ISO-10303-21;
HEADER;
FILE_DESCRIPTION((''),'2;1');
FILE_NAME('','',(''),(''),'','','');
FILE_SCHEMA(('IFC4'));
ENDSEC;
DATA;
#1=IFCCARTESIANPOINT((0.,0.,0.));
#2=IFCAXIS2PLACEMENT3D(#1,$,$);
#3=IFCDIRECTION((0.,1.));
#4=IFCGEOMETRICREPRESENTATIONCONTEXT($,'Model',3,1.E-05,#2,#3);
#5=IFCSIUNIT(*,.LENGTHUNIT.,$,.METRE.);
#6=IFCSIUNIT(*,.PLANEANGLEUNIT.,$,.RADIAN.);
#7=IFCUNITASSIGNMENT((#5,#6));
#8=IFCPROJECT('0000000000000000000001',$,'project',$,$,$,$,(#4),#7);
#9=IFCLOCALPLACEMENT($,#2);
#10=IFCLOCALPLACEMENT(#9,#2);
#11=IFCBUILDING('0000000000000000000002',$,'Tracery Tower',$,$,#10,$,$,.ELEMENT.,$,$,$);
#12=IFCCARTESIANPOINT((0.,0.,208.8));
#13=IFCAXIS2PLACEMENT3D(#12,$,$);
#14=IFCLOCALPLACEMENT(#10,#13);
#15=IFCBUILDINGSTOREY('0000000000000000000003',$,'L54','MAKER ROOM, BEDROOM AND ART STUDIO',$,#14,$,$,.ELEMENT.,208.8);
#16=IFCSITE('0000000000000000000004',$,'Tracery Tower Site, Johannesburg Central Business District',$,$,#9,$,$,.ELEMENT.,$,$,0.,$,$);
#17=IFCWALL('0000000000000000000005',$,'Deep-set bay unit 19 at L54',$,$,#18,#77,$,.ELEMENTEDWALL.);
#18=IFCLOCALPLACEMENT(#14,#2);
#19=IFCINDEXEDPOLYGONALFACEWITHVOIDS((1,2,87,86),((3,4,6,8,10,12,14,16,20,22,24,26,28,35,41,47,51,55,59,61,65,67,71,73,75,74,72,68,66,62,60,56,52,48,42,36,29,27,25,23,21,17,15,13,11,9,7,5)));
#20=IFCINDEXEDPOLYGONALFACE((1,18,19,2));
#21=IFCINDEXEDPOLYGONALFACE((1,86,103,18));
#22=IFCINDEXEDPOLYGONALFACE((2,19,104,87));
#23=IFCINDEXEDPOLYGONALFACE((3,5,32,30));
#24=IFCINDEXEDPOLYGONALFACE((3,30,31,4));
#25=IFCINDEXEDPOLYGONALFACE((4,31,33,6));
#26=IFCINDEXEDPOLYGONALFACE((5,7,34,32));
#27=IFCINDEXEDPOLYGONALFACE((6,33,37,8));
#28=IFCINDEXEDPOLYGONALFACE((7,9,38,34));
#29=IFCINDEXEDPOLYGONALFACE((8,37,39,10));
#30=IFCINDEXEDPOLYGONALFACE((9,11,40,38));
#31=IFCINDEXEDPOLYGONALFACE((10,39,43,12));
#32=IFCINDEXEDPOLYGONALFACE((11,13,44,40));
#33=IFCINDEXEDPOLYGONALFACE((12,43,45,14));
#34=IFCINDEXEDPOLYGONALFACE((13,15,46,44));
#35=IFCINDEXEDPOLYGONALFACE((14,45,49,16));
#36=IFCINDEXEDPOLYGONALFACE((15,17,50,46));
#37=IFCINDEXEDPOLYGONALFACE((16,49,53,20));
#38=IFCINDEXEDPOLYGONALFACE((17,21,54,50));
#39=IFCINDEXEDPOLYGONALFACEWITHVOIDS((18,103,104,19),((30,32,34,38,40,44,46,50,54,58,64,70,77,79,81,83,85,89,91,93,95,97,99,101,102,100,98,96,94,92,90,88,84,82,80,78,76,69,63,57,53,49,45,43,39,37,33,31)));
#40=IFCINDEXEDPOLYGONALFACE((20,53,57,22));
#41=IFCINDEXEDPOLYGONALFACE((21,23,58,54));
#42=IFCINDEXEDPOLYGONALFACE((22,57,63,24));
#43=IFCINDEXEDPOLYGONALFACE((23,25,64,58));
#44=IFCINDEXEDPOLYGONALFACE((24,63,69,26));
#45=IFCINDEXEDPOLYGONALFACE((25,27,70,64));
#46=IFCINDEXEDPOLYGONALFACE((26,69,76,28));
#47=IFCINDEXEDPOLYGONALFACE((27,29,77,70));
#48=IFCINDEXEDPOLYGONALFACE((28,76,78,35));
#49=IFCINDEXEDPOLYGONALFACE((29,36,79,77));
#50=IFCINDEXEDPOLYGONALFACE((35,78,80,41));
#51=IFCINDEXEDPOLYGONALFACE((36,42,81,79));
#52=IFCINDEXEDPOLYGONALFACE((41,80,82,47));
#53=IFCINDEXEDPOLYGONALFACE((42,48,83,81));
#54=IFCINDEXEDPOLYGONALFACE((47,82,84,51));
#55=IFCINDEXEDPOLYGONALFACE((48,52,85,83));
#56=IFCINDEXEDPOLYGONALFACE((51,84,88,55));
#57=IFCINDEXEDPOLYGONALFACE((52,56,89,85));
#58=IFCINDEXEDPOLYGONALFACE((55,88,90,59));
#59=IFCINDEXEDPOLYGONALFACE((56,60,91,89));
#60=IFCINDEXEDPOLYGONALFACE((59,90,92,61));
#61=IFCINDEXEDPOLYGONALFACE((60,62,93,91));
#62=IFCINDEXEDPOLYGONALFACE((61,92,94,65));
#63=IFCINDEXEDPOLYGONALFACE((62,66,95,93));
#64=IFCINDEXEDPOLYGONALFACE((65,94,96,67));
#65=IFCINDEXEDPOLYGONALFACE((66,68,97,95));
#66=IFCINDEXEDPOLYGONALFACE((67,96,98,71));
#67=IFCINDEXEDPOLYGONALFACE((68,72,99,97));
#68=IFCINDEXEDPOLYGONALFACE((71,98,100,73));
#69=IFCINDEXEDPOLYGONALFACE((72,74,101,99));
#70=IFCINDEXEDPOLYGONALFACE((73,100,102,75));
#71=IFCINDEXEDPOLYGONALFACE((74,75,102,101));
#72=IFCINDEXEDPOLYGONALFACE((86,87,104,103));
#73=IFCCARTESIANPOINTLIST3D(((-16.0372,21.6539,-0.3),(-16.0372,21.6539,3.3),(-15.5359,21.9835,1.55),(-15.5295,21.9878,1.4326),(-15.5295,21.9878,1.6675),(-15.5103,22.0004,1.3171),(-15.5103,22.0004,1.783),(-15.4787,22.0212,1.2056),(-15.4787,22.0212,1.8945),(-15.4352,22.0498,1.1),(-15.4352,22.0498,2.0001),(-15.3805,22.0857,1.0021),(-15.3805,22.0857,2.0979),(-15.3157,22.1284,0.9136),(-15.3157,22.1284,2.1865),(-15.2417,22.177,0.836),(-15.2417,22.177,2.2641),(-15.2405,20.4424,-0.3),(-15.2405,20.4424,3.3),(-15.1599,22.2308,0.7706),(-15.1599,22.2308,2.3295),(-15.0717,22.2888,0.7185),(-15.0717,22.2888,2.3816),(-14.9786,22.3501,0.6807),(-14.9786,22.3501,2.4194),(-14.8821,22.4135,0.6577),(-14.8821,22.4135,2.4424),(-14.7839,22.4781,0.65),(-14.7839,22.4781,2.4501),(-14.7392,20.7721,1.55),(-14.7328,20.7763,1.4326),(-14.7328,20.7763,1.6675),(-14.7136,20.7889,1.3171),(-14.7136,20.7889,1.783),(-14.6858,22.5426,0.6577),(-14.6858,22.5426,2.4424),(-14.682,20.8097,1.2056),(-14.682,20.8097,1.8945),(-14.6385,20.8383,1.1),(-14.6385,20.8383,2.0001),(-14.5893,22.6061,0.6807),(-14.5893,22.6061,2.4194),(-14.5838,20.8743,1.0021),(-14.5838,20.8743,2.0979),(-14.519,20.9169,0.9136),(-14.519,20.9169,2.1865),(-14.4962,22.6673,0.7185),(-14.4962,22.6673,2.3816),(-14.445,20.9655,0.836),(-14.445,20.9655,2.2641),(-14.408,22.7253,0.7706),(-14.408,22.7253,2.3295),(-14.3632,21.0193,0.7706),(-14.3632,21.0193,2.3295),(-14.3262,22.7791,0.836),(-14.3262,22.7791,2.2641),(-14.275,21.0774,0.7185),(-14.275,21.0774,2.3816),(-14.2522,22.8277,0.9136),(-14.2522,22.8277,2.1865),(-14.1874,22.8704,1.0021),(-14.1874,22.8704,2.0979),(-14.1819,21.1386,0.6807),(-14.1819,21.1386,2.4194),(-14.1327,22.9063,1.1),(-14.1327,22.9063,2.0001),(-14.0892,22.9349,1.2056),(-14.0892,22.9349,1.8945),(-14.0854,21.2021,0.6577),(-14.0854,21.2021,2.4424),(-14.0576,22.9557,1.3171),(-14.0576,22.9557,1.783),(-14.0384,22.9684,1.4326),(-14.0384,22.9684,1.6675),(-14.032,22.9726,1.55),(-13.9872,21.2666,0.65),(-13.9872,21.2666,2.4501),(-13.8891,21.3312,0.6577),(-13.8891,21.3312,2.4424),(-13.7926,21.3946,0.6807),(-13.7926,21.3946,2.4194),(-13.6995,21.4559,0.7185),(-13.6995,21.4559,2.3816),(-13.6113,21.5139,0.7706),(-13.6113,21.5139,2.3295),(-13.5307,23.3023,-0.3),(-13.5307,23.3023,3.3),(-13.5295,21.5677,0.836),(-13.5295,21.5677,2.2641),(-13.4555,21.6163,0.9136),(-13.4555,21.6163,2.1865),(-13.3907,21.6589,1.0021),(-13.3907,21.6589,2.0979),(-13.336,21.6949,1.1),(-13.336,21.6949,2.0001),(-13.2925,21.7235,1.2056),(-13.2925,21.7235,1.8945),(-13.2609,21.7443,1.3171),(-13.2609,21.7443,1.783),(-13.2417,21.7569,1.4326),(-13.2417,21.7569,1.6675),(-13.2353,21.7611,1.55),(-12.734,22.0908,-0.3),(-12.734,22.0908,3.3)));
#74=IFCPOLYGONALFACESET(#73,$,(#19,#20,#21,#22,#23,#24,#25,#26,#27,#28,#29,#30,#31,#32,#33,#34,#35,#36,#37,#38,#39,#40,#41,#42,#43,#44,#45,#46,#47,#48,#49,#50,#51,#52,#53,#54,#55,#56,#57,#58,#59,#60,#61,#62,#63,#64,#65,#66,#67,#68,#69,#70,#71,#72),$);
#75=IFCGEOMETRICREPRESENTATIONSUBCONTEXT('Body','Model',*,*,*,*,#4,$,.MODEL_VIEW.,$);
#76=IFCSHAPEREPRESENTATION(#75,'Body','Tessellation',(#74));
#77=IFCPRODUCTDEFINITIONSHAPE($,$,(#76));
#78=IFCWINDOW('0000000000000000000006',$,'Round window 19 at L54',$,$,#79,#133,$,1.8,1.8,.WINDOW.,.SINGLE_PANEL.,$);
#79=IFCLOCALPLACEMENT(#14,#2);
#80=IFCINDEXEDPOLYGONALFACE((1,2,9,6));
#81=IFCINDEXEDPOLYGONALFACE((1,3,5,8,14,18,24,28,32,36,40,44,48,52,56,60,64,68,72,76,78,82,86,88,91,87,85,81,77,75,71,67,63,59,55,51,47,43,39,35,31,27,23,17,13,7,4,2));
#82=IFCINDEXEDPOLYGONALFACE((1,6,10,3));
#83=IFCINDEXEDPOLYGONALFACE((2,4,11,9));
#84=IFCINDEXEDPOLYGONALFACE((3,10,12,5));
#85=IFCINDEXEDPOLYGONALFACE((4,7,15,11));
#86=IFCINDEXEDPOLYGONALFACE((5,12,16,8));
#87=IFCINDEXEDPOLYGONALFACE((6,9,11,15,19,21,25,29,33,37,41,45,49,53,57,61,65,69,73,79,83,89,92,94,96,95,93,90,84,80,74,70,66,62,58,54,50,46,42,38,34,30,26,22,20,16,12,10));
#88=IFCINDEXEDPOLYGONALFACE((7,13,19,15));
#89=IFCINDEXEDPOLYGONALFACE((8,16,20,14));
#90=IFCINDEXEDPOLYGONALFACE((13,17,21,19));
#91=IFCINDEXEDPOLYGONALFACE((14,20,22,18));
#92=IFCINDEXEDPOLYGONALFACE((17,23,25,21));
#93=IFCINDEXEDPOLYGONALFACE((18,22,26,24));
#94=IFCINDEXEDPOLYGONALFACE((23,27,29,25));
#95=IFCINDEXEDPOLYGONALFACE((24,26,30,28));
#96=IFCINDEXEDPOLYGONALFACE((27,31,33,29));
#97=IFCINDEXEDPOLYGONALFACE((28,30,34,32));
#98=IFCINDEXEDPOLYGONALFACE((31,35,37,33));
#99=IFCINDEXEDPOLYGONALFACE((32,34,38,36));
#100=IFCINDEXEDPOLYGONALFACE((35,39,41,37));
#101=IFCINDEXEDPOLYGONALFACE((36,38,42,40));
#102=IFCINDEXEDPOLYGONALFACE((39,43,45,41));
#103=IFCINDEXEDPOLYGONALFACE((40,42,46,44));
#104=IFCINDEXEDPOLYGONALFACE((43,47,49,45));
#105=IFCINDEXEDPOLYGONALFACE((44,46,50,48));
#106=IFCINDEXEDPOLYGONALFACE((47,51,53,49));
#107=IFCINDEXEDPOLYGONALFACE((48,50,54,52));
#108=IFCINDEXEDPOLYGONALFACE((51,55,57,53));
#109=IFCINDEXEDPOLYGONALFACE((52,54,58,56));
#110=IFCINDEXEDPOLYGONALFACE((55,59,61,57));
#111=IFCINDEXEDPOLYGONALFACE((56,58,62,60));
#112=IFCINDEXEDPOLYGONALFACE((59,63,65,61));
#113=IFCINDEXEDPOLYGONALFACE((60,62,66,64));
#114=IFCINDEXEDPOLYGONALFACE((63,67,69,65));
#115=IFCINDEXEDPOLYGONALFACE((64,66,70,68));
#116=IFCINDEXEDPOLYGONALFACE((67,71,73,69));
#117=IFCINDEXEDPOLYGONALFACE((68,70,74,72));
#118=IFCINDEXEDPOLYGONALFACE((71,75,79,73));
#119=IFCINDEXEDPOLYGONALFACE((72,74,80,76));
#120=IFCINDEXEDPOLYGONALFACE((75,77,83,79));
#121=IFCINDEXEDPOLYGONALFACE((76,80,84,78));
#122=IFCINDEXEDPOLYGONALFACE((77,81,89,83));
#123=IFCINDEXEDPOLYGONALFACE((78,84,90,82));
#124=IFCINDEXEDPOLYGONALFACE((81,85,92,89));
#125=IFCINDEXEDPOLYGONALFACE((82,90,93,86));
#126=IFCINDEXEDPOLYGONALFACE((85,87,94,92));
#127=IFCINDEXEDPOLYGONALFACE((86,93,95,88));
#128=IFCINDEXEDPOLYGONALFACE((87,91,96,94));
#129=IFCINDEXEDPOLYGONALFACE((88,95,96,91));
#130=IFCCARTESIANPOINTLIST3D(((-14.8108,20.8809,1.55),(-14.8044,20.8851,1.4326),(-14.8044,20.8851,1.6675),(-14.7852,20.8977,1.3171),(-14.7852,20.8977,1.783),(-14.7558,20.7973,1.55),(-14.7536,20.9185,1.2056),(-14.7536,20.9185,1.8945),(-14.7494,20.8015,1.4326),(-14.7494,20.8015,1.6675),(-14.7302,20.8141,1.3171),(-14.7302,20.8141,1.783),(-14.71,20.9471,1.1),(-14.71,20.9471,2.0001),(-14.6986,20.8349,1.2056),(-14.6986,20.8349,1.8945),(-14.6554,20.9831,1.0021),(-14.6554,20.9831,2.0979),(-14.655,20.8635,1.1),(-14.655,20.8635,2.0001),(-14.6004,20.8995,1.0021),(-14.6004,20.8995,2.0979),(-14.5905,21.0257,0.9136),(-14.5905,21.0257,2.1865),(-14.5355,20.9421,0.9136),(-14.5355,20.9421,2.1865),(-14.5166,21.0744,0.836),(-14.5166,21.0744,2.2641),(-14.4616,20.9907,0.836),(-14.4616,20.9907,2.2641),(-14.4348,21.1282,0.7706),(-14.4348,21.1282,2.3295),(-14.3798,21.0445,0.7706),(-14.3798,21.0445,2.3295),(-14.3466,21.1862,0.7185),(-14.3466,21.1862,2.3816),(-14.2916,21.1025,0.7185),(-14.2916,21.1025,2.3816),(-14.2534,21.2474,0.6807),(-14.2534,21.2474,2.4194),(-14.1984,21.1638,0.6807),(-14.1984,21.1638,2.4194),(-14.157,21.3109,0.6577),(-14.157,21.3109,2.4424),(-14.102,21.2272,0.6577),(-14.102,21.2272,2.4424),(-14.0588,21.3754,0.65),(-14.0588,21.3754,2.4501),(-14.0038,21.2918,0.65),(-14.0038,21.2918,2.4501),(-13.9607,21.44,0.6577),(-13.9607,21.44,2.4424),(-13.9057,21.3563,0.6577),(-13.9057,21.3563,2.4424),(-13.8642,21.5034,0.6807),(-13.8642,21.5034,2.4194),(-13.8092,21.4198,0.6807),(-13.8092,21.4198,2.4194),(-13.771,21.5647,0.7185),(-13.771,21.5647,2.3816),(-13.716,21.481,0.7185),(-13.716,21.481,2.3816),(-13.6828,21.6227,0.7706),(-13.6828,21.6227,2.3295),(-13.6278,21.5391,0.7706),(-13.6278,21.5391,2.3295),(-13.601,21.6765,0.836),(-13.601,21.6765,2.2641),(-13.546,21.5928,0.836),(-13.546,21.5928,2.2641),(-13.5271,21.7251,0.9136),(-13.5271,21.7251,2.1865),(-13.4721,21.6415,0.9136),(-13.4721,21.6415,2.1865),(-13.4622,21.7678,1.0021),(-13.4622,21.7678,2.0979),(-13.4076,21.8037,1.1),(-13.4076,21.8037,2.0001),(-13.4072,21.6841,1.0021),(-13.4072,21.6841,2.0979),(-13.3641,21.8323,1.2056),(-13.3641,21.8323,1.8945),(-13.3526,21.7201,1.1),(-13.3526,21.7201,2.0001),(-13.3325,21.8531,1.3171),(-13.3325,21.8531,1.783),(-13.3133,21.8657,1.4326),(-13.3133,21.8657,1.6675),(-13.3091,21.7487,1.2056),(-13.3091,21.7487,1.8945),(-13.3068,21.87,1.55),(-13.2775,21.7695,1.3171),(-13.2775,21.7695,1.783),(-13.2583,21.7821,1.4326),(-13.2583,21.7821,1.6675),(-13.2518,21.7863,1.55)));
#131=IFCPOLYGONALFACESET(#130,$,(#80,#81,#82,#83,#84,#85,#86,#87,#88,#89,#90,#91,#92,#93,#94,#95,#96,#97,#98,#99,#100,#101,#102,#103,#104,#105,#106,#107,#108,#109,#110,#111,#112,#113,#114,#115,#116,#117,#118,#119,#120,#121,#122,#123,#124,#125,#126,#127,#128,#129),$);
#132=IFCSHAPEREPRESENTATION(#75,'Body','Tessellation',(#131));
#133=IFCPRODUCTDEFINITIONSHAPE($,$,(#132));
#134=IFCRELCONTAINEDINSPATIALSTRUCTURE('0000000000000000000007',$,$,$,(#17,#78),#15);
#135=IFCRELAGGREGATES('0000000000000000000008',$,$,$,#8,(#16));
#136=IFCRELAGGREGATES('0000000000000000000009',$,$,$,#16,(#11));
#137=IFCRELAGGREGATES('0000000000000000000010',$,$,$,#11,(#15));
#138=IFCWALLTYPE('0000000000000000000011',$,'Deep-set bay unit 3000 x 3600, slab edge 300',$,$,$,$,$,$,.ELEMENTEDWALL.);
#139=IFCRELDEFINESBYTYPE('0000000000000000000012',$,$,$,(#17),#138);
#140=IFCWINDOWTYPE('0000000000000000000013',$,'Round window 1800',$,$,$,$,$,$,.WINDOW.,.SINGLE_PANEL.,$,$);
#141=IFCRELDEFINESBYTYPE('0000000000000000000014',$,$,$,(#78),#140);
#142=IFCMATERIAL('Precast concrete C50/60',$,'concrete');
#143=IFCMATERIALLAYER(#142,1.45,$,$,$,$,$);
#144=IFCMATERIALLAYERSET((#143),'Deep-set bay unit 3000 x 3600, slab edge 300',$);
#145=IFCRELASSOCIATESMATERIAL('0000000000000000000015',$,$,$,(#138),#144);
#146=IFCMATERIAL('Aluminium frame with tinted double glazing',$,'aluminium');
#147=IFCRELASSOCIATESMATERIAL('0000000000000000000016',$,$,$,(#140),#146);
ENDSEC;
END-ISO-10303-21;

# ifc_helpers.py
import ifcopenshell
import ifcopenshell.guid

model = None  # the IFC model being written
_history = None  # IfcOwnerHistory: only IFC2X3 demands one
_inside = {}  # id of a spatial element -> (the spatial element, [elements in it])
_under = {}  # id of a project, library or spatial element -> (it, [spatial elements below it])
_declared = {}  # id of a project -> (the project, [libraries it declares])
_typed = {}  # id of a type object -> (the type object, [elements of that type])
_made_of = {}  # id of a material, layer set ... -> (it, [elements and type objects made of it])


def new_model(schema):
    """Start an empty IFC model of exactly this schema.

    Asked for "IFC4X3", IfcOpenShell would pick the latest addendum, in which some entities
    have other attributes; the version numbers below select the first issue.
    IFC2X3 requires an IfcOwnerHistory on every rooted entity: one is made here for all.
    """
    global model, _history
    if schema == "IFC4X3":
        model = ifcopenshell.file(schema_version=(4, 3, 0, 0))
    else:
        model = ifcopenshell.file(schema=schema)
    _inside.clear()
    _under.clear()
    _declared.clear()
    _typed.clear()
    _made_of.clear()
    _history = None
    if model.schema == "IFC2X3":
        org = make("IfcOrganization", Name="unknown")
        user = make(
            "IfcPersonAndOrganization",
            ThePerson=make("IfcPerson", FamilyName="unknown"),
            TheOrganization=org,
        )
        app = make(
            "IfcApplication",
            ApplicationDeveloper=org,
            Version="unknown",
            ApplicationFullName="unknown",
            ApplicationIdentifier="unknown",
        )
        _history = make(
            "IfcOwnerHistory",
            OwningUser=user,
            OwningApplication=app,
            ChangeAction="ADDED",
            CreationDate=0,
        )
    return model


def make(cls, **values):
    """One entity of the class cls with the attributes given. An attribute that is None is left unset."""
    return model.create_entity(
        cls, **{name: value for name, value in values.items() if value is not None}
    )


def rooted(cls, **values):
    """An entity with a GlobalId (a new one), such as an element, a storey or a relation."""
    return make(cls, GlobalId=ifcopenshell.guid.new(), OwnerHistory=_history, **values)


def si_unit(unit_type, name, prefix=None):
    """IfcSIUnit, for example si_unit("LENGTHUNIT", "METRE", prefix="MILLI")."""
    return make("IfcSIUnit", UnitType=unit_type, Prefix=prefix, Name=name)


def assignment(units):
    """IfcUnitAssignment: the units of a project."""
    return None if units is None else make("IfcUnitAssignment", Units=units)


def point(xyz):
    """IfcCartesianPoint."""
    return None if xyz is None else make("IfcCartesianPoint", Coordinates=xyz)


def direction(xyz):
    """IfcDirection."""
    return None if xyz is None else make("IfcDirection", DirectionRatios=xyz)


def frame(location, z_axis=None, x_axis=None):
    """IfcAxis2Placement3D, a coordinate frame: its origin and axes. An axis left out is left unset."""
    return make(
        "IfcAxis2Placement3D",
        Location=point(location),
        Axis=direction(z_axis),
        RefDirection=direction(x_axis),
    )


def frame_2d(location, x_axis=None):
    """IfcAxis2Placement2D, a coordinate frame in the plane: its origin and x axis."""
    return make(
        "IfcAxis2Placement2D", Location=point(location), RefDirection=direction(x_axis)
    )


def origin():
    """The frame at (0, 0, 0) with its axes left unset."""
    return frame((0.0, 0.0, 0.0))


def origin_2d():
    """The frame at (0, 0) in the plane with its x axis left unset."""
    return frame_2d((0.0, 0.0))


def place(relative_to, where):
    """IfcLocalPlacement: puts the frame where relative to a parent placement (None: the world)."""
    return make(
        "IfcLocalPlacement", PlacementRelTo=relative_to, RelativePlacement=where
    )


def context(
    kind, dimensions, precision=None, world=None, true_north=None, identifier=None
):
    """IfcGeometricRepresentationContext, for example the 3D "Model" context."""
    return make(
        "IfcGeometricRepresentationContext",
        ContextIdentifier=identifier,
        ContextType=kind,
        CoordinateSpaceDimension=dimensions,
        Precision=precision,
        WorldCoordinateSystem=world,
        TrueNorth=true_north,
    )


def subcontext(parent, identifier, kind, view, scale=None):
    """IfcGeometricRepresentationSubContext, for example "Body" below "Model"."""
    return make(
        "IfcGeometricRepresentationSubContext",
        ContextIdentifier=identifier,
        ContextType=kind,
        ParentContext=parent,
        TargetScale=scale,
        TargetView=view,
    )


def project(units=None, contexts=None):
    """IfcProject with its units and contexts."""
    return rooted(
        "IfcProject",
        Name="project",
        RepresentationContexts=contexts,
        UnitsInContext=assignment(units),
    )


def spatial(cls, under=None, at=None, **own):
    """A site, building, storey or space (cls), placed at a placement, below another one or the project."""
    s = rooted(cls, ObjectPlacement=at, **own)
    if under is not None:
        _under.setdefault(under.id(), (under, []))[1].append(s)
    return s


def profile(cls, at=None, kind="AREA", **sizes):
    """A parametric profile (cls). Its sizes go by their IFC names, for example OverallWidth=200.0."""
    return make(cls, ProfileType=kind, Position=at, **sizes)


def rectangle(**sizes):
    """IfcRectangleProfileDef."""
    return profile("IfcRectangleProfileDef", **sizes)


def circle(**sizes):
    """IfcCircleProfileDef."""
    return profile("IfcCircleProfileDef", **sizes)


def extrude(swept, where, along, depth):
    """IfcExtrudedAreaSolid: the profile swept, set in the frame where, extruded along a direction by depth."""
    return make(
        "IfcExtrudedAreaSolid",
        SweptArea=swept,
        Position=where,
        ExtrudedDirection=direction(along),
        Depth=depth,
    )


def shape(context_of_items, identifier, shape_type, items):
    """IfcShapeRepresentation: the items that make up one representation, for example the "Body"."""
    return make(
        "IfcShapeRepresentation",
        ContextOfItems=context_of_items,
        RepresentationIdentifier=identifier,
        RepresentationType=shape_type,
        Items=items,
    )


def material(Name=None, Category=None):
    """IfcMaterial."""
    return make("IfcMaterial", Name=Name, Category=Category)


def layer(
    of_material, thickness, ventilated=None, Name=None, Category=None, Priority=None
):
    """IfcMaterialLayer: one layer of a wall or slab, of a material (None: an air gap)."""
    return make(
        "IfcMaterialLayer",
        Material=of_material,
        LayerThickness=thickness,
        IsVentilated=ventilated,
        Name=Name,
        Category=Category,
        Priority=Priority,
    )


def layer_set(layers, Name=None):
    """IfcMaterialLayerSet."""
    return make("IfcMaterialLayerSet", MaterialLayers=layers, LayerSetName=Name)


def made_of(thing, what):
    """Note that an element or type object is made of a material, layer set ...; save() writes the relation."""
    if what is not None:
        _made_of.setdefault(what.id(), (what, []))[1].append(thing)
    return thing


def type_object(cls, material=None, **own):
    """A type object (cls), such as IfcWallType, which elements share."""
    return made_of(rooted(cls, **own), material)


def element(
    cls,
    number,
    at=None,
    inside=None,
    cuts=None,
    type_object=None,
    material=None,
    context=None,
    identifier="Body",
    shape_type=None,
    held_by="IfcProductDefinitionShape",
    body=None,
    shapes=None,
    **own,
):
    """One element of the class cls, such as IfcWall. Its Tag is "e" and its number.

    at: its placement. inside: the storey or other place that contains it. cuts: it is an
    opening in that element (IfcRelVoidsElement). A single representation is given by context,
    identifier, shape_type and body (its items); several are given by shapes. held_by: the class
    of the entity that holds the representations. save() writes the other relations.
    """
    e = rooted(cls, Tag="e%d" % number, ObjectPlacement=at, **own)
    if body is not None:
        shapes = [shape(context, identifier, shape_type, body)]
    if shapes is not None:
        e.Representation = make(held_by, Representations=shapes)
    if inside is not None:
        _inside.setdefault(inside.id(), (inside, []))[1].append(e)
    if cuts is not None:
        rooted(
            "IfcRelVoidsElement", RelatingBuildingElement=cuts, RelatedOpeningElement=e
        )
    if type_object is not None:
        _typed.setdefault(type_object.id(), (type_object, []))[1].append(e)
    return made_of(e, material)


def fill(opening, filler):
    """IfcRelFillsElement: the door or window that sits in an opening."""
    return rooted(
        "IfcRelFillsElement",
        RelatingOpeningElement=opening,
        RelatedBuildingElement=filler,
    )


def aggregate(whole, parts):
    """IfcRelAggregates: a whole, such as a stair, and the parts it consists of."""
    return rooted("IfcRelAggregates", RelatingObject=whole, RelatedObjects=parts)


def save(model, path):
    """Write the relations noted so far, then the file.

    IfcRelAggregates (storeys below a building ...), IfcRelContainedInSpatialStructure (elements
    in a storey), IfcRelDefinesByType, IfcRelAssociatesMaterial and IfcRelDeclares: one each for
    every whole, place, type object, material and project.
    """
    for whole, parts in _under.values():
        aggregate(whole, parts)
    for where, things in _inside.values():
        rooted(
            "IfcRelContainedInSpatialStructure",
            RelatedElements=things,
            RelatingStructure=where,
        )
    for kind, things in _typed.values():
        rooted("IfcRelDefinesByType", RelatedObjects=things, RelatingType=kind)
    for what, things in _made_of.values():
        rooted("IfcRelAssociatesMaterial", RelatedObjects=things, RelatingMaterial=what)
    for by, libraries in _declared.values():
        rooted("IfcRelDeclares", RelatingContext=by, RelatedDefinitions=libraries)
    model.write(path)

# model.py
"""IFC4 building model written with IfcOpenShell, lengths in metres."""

from ifc_helpers import new_model, si_unit, direction, frame, frame_2d, origin, origin_2d, place, context, subcontext, project, spatial, rectangle, circle, extrude, material, layer, layer_set, type_object, element, fill, save


model = new_model("IFC4")

# Units and contexts
model_context = context("Model", 3, precision=1e-05, world=origin(), true_north=direction((0.0, 1.0)))
body_context = subcontext(model_context, "Body", "Model", "MODEL_VIEW")
ifc_project = project(units=[si_unit("LENGTHUNIT", "METRE"), si_unit("PLANEANGLEUNIT", "RADIAN")], contexts=[model_context])

# Site, building, storey
site_placement = place(None, origin())
site = spatial("IfcSite", under=ifc_project, at=site_placement, Name="Tracery Tower Site, Johannesburg Central Business District", CompositionType="ELEMENT", RefElevation=0.0)
building_placement = place(site_placement, origin())
building = spatial("IfcBuilding", under=site, at=building_placement, Name="Tracery Tower", CompositionType="ELEMENT")
storey_placement = place(building_placement, frame((0.0, 0.0, 208.8)))
storey = spatial("IfcBuildingStorey", under=building, at=storey_placement, Name="L54", Description="MAKER ROOM, BEDROOM AND ART STUDIO", CompositionType="ELEMENT", Elevation=208.8)

# Wall, opening, window
ifc_material_1 = material(Name="Precast concrete C50/60", Category="concrete")
ifc_layer_1 = layer(ifc_material_1, 1.45)
ifc_layer_set_1 = layer_set([ifc_layer_1], Name="Deep-set bay unit 3000 x 3600, slab edge 300")
wall_type_1 = type_object("IfcWallType", Name="Deep-set bay unit 3000 x 3600, slab edge 300", PredefinedType="ELEMENTEDWALL", material=ifc_layer_set_1)
wall_1_placement = place(storey_placement, frame((-13.1323, 22.6965, -0.3), z_axis=(0.0, 0.0, 1.0), x_axis=(-0.835514, -0.549469, 0.0)))
wall_1 = element("IfcWall", 1, at=wall_1_placement, inside=storey, type_object=wall_type_1, Name="Deep-set bay unit 19 at L54", PredefinedType="ELEMENTEDWALL", context=body_context, shape_type="SweptSolid", body=[
    extrude(rectangle(XDim=3.0, YDim=1.45, at=frame_2d((1.5, 0.0))), origin(), (0.0, 0.0, 1.0), 3.6001),
])
opening_1_placement = place(wall_1_placement, frame((1.5, 0.0, 1.8501)))
opening_1 = element("IfcOpeningElement", 2, at=opening_1_placement, cuts=wall_1, PredefinedType="OPENING", context=body_context, shape_type="SweptSolid", body=[
    extrude(circle(Radius=0.9, at=origin_2d()), frame((0.0, 0.7349, 0.0), z_axis=(0.0, -1.0, 0.0), x_axis=(1.0, 0.0, 0.0)), (0.0, 0.0, 1.0), 1.47),
])
ifc_material_2 = material(Name="Aluminium frame with tinted double glazing", Category="aluminium")
window_type = type_object("IfcWindowType", Name="Round window 1800", PartitioningType="SINGLE_PANEL", PredefinedType="WINDOW", material=ifc_material_2)
window_1_placement = place(opening_1_placement, origin())
window_1 = element("IfcWindow", 3, at=window_1_placement, inside=storey, type_object=window_type, Name="Round window 19 at L54", OverallHeight=1.8, OverallWidth=1.8, PartitioningType="SINGLE_PANEL", PredefinedType="WINDOW", context=body_context, shape_type="SweptSolid", body=[
    extrude(circle(Radius=0.9, at=origin_2d()), frame((0.0, 0.6948, 0.0), z_axis=(0.0, -1.0, 0.0), x_axis=(1.0, 0.0, 0.0)), (0.0, 0.0, 1.0), 0.1001),
])
fill(opening_1, window_1)

save(model, "model.ifc")
